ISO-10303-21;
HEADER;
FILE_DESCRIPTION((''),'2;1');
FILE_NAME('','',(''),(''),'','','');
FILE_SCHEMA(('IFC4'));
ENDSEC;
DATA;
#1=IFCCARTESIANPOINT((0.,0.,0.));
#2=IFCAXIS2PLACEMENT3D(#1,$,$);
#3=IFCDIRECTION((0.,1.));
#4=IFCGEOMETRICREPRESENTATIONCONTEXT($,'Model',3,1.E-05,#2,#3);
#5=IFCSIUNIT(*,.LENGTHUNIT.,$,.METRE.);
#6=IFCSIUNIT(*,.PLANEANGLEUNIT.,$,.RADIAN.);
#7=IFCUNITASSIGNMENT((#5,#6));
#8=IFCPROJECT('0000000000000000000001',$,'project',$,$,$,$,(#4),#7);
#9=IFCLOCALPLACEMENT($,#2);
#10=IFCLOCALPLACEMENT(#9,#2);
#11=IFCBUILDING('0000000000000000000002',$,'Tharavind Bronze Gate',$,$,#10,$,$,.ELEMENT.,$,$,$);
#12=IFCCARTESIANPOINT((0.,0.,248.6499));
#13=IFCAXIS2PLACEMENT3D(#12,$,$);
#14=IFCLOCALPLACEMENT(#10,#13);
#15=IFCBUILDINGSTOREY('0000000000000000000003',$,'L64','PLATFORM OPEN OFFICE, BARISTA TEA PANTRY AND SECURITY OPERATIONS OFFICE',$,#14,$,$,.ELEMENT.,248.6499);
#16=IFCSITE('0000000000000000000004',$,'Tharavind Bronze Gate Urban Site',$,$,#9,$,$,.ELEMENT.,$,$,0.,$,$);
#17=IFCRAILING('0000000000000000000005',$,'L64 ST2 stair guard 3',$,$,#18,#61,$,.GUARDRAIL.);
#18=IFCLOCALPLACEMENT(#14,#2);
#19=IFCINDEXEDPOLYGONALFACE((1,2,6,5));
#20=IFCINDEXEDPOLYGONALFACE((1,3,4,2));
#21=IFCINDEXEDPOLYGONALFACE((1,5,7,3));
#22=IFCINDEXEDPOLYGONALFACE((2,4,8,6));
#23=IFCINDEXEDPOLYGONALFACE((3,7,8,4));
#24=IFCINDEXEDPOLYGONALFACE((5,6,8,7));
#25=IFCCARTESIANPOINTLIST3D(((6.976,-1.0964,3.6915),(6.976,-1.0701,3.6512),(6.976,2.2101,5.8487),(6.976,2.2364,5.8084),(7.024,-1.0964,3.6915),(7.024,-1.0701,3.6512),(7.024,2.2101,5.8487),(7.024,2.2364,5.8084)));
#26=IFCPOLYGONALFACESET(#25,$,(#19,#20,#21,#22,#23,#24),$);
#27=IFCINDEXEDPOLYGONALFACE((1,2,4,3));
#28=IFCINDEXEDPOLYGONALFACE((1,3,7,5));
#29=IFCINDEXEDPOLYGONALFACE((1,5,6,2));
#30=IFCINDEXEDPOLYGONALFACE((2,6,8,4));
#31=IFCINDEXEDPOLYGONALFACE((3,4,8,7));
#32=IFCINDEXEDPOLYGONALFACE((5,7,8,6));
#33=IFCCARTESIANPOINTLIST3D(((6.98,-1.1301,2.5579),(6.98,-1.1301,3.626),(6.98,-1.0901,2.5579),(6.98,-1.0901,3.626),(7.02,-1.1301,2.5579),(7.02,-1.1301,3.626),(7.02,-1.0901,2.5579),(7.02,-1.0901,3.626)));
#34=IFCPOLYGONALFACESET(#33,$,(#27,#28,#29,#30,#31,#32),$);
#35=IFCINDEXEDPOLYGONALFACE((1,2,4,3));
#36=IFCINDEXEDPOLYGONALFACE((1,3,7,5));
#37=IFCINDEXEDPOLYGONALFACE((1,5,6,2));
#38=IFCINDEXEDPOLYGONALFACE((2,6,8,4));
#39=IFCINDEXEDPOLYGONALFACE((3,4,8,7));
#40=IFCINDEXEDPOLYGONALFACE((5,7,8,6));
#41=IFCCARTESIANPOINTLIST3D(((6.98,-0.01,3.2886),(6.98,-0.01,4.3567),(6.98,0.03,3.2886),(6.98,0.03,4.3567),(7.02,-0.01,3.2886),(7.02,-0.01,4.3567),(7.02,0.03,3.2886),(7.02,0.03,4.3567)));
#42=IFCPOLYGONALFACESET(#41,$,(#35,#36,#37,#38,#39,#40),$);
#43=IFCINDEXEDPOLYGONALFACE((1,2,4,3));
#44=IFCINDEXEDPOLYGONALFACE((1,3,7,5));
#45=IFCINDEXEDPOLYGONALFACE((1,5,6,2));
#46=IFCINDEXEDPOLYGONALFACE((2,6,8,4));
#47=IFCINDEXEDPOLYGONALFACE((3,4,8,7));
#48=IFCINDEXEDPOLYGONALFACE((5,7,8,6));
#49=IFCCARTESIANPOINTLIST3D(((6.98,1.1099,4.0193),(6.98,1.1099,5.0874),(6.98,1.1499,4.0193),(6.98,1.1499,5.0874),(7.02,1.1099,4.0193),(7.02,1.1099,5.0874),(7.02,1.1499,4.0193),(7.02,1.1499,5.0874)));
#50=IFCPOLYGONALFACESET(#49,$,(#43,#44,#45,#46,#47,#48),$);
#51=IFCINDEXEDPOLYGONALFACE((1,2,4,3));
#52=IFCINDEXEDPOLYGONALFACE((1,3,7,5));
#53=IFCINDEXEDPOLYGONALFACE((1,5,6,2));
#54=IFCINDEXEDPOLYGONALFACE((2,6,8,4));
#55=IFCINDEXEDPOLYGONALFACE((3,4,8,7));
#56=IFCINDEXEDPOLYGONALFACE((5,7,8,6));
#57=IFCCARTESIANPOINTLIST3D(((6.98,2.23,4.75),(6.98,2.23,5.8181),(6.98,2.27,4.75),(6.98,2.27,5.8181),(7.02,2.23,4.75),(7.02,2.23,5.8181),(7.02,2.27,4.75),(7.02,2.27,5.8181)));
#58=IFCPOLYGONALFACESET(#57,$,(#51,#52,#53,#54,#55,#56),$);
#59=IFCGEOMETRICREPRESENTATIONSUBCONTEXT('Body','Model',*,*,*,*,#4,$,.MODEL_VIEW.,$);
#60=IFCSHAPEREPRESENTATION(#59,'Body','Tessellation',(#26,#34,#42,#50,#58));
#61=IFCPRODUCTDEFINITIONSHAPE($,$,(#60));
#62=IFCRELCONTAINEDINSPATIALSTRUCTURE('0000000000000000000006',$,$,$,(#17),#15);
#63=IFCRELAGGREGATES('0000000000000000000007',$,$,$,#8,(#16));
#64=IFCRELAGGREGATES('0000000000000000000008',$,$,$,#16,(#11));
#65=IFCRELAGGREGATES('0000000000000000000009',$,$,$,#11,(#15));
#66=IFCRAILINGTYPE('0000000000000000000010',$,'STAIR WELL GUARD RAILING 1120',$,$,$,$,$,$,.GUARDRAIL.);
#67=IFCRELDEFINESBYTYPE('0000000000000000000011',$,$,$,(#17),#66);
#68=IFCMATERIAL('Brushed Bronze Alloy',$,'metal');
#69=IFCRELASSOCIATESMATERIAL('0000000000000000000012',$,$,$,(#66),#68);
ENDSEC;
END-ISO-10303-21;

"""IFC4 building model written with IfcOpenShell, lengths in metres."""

from ifc_helpers import new_model, si_unit, direction, frame, origin, origin_2d, place, context, subcontext, project, spatial, rectangle, extrude, material, type_object, element, save


model = new_model("IFC4")

# Units and contexts
model_context = context("Model", 3, precision=1e-05, world=origin(), true_north=direction((0.0, 1.0)))
body_context = subcontext(model_context, "Body", "Model", "MODEL_VIEW")
ifc_project = project(units=[si_unit("LENGTHUNIT", "METRE"), si_unit("PLANEANGLEUNIT", "RADIAN")], contexts=[model_context])

# Site, building, storey
site_placement = place(None, origin())
site = spatial("IfcSite", under=ifc_project, at=site_placement, Name="Tharavind Bronze Gate Urban Site", CompositionType="ELEMENT", RefElevation=0.0)
building_placement = place(site_placement, origin())
building = spatial("IfcBuilding", under=site, at=building_placement, Name="Tharavind Bronze Gate", CompositionType="ELEMENT")
storey_placement = place(building_placement, frame((0.0, 0.0, 248.6499)))
storey = spatial("IfcBuildingStorey", under=building, at=storey_placement, Name="L64", Description="PLATFORM OPEN OFFICE, BARISTA TEA PANTRY AND SECURITY OPERATIONS OFFICE", CompositionType="ELEMENT", Elevation=248.6499)

# Railing
ifc_material_1 = material(Name="Brushed Bronze Alloy", Category="metal")
railing_type = type_object("IfcRailingType", Name="STAIR WELL GUARD RAILING 1120", PredefinedType="GUARDRAIL", material=ifc_material_1)
railing_1_placement = place(storey_placement, frame((7.0, -1.1101, 2.5579)))
element("IfcRailing", 1, at=railing_1_placement, inside=storey, type_object=railing_type, Name="L64 ST2 stair guard 3", PredefinedType="GUARDRAIL", context=body_context, shape_type="SweptSolid", body=[
    extrude(rectangle(XDim=0.0481, YDim=0.0481, at=origin_2d()), frame((0.0, 0.0269, 1.1135), z_axis=(0.0, 0.837523, 0.546401), x_axis=(-1.0, 0.0, 0.0)), (0.0, 0.0, 1.0), 3.948),
    extrude(rectangle(XDim=0.04, YDim=0.04, at=origin_2d()), origin(), (0.0, 0.0, 1.0), 1.0681),
    extrude(rectangle(XDim=0.04, YDim=0.04, at=origin_2d()), frame((0.0, 1.1201, 0.7307)), (0.0, 0.0, 1.0), 1.0681),
    extrude(rectangle(XDim=0.04, YDim=0.04, at=origin_2d()), frame((0.0, 2.24, 1.4614)), (0.0, 0.0, 1.0), 1.0681),
    extrude(rectangle(XDim=0.04, YDim=0.04, at=origin_2d()), frame((0.0, 3.3601, 2.1921)), (0.0, 0.0, 1.0), 1.0681),
])

save(model, "model.ifc")
